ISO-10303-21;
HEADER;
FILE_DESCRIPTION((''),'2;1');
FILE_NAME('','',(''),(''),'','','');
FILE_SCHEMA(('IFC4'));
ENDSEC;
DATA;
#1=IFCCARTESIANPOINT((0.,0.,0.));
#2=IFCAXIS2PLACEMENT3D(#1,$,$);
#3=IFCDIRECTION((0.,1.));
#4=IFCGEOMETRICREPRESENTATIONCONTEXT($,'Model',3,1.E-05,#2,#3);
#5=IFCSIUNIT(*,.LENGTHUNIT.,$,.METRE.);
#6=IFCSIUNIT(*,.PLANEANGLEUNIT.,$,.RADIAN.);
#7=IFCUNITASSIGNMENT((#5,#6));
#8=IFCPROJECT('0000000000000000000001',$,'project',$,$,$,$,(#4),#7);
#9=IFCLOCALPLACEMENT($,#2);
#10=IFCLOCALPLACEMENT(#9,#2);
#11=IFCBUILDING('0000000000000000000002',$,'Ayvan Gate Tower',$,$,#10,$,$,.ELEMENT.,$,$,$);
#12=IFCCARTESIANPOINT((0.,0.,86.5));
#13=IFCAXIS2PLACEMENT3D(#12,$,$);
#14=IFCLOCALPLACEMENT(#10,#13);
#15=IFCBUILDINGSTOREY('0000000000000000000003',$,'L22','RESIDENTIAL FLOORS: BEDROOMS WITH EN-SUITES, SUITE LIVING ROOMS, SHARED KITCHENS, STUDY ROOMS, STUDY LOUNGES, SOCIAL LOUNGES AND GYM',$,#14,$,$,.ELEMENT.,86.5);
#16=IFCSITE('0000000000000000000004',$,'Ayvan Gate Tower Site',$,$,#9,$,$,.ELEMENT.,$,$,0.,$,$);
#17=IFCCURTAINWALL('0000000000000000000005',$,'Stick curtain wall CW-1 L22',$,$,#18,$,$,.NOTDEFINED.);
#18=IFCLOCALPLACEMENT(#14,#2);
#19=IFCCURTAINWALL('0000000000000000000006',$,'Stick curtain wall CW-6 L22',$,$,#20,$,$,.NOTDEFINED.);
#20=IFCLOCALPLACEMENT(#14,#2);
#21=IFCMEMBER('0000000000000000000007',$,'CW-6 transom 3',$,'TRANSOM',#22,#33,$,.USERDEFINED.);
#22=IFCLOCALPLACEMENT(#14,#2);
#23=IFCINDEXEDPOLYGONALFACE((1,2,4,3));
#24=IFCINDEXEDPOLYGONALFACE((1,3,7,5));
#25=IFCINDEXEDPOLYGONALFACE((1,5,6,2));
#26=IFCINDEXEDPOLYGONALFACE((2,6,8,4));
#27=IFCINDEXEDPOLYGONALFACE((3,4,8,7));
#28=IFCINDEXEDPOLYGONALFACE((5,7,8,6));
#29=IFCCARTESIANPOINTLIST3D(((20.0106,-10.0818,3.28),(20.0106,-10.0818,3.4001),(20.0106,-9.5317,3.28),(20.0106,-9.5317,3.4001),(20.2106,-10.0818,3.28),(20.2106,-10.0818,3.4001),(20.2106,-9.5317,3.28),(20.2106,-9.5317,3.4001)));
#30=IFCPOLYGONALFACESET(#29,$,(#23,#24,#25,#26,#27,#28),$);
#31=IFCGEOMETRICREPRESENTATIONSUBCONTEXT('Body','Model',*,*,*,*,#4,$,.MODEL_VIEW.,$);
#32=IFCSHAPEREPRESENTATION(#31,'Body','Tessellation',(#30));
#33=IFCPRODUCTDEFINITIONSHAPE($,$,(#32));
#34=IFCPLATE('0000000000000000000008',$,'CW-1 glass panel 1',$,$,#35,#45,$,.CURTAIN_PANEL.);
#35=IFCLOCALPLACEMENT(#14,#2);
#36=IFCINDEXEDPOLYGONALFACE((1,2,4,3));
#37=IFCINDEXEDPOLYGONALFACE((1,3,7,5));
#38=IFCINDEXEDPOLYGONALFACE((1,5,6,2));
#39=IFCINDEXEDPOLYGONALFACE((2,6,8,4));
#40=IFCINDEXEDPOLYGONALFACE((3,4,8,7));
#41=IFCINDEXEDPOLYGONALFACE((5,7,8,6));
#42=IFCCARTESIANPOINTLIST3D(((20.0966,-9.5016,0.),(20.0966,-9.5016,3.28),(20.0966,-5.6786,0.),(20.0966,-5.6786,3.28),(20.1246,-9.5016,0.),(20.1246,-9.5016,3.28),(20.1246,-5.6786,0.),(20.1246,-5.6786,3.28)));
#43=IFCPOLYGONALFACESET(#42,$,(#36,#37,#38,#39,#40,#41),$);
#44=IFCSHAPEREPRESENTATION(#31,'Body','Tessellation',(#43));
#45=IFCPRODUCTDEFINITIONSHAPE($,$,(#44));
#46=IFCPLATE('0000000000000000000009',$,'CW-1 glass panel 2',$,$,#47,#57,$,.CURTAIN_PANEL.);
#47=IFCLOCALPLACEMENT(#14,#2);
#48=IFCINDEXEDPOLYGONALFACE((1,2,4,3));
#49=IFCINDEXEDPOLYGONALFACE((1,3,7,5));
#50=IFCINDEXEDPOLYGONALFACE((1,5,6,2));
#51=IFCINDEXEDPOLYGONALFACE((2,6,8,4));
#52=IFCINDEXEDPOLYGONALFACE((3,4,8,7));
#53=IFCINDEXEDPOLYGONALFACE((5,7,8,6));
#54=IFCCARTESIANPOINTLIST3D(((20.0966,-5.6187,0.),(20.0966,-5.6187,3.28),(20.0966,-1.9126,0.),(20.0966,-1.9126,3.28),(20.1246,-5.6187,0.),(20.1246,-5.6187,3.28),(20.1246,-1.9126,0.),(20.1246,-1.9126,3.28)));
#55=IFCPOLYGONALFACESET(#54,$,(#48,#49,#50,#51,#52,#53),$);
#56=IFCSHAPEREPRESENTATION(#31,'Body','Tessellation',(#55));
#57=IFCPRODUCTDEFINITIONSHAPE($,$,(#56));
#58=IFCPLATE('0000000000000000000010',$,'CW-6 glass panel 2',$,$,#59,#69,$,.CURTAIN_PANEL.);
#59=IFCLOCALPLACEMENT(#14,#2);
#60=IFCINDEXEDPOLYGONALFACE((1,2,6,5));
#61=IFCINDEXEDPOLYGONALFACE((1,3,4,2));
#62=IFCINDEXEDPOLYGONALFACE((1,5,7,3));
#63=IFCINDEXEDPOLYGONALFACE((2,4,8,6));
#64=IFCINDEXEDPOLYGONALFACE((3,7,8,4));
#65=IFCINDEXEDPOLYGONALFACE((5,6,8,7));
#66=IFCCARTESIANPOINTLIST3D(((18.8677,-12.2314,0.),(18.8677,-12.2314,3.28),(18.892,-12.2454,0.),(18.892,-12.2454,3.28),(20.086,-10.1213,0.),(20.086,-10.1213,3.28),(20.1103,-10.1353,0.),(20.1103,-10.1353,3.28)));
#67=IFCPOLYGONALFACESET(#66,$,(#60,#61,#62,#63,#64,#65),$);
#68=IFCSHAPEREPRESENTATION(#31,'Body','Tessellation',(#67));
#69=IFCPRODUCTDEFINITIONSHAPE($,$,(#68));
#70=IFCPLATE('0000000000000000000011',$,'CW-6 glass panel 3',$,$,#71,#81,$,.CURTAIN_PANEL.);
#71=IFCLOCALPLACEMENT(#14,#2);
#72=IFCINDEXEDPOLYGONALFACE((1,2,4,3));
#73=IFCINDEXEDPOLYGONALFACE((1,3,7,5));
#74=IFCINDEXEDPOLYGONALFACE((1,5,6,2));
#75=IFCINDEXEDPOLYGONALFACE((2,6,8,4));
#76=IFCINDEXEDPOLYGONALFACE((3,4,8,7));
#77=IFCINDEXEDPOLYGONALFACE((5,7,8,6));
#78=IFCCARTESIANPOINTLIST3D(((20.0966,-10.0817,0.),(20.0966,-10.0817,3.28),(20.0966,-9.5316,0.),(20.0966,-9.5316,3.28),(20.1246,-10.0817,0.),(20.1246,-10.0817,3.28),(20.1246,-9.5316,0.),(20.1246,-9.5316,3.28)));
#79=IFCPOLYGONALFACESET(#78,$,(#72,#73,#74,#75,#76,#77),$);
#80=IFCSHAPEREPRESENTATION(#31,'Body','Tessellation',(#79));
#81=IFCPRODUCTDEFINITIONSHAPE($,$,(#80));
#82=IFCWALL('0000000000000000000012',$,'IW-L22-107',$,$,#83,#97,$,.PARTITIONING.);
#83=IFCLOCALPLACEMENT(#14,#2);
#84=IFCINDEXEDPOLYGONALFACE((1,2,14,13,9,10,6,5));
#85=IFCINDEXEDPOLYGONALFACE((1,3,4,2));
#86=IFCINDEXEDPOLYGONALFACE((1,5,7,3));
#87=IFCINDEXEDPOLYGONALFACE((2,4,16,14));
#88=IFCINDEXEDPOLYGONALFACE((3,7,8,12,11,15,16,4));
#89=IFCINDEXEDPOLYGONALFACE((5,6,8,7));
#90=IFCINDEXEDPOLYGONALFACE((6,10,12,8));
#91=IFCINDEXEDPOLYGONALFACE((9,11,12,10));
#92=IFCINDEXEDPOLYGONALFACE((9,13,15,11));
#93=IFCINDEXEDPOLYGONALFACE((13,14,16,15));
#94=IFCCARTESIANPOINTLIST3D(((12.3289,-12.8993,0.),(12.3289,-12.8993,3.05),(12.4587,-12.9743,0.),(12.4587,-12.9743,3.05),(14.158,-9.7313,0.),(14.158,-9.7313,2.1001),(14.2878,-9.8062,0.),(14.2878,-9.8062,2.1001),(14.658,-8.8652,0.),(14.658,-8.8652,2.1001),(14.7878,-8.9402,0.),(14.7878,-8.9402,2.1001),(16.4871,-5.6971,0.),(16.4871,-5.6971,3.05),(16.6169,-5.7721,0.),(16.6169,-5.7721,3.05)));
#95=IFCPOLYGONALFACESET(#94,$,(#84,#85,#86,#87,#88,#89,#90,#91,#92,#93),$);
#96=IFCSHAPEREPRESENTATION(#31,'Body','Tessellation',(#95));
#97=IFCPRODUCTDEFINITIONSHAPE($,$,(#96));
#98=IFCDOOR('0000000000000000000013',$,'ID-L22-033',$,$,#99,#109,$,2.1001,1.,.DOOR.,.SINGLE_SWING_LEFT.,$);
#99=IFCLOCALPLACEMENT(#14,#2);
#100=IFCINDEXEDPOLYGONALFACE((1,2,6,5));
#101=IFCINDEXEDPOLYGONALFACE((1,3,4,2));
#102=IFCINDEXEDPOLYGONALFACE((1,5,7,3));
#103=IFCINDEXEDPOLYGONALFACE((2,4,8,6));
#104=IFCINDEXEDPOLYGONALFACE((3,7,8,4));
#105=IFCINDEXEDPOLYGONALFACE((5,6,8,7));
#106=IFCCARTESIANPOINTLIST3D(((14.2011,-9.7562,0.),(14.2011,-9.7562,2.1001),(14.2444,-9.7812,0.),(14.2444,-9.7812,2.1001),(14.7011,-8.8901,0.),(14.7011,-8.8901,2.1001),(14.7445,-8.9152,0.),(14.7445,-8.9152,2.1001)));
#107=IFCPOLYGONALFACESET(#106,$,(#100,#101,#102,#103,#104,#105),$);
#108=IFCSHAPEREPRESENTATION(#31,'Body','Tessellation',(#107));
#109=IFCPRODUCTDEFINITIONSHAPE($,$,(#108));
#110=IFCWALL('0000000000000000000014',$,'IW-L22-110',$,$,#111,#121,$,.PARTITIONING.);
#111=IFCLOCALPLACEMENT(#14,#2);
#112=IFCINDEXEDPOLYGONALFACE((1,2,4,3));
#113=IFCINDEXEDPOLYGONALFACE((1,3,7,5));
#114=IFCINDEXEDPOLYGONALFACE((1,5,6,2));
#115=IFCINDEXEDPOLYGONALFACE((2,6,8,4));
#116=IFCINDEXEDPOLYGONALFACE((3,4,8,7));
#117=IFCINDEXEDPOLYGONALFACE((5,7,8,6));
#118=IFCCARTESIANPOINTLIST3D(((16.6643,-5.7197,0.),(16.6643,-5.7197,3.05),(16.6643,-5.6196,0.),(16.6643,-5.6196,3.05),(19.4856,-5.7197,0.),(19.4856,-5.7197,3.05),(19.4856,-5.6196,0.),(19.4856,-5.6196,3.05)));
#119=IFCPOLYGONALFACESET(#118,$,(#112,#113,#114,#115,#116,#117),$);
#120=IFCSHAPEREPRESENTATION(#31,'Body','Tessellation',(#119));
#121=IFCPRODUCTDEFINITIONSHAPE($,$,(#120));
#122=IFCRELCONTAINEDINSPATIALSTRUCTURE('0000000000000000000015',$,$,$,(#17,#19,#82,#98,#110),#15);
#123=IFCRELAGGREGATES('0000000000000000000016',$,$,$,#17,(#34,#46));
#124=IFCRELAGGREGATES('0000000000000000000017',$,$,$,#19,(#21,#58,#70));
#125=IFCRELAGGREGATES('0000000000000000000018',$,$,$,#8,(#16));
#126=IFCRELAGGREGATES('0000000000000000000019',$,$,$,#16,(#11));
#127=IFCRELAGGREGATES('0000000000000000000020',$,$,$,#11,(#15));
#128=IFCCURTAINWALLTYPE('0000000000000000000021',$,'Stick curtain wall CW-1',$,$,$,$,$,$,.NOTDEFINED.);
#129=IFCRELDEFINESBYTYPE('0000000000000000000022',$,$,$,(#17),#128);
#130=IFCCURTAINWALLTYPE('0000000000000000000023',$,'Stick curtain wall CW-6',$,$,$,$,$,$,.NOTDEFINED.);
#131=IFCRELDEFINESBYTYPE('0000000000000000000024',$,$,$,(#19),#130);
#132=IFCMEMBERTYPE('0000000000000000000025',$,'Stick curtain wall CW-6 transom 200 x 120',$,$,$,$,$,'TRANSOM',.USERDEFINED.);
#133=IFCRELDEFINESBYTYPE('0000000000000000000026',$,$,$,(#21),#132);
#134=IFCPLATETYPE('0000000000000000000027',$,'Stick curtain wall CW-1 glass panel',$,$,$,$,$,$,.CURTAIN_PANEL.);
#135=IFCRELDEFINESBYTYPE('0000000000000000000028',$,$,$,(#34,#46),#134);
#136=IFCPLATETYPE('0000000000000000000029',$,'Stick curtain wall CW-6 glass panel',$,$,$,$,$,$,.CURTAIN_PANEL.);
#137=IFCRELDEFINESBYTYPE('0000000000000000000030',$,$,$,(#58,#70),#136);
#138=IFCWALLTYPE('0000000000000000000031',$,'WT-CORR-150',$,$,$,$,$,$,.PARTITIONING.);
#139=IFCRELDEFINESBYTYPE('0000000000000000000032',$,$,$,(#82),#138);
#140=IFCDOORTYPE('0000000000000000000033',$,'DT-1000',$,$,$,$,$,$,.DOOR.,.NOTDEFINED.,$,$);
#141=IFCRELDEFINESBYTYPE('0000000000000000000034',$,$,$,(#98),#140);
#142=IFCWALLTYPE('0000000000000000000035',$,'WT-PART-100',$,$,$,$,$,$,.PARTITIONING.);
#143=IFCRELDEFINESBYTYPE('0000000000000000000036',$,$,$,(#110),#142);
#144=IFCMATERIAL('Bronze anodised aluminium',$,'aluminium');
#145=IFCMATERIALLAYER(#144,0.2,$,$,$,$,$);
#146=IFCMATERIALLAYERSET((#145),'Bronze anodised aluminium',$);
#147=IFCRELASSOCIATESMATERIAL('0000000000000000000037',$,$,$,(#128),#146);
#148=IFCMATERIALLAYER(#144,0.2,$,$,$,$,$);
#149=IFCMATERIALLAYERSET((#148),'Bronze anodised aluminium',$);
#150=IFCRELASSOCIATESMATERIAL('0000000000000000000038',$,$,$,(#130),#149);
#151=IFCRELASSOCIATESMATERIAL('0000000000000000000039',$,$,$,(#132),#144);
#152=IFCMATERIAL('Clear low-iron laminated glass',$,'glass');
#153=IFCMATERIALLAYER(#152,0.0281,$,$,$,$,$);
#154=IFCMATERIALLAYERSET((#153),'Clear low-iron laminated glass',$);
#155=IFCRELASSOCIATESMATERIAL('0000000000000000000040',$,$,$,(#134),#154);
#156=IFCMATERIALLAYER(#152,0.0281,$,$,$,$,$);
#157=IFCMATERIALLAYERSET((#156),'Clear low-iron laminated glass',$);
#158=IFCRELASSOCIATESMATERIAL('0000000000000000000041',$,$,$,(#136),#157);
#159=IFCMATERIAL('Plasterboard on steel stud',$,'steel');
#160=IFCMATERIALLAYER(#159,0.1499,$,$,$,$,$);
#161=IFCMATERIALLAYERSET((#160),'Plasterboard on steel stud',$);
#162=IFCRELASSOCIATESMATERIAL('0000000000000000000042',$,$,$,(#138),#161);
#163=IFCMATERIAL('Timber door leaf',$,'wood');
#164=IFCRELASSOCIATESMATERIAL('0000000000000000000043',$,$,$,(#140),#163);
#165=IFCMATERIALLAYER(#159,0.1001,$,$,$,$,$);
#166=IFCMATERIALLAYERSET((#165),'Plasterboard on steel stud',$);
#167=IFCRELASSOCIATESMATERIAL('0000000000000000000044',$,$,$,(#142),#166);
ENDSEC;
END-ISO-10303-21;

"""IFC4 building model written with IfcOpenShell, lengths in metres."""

from ifc_helpers import new_model, si_unit, direction, frame, frame_2d, origin, origin_2d, place, context, subcontext, project, spatial, rectangle, extrude, material, layer, layer_set, material_profile, profile_set, type_object, element, fill, aggregate, save


model = new_model("IFC4")

# Units and contexts
model_context = context("Model", 3, precision=1e-05, world=origin(), true_north=direction((0.0, 1.0)))
body_context = subcontext(model_context, "Body", "Model", "MODEL_VIEW")
ifc_project = project(units=[si_unit("LENGTHUNIT", "METRE"), si_unit("PLANEANGLEUNIT", "RADIAN")], contexts=[model_context])

# Site, building, storey
site_placement = place(None, origin())
site = spatial("IfcSite", under=ifc_project, at=site_placement, Name="Ayvan Gate Tower Site", CompositionType="ELEMENT", RefElevation=0.0)
building_placement = place(site_placement, origin())
building = spatial("IfcBuilding", under=site, at=building_placement, Name="Ayvan Gate Tower", CompositionType="ELEMENT")
storey_placement = place(building_placement, frame((0.0, 0.0, 86.5)))
storey = spatial("IfcBuildingStorey", under=building, at=storey_placement, Name="L22", Description="RESIDENTIAL FLOORS: BEDROOMS WITH EN-SUITES, SUITE LIVING ROOMS, SHARED KITCHENS, STUDY ROOMS, STUDY LOUNGES, SOCIAL LOUNGES AND GYM", CompositionType="ELEMENT", Elevation=86.5)

# Curtain walls, member
ifc_material_1 = material(Name="Bronze anodised aluminium", Category="aluminium")
ifc_layer_1 = layer(ifc_material_1, 0.2)
ifc_layer_set_1 = layer_set([ifc_layer_1], Name="Bronze anodised aluminium")
curtain_wall_type_1 = type_object("IfcCurtainWallType", Name="Stick curtain wall CW-1", PredefinedType="NOTDEFINED", material=ifc_layer_set_1)
curtain_wall_1_placement = place(storey_placement, origin())
curtain_wall_1 = element("IfcCurtainWall", 1, at=curtain_wall_1_placement, inside=storey, type_object=curtain_wall_type_1, Name="Stick curtain wall CW-1 L22", PredefinedType="NOTDEFINED")
ifc_layer_2 = layer(ifc_material_1, 0.2)
ifc_layer_set_2 = layer_set([ifc_layer_2], Name="Bronze anodised aluminium")
curtain_wall_type_2 = type_object("IfcCurtainWallType", Name="Stick curtain wall CW-6", PredefinedType="NOTDEFINED", material=ifc_layer_set_2)
curtain_wall_2_placement = place(storey_placement, origin())
curtain_wall_2 = element("IfcCurtainWall", 2, at=curtain_wall_2_placement, inside=storey, type_object=curtain_wall_type_2, Name="Stick curtain wall CW-6 L22", PredefinedType="NOTDEFINED")
ifc_material_profile_1 = material_profile(ifc_material_1, rectangle(XDim=0.2, YDim=0.1201, at=origin_2d()), Name="Stick curtain wall CW-6 transom 200 x 120")
ifc_profile_set_1 = profile_set([ifc_material_profile_1], Name="Bronze anodised aluminium")
member_type_1 = type_object("IfcMemberType", Name="Stick curtain wall CW-6 transom 200 x 120", ElementType="TRANSOM", PredefinedType="USERDEFINED", material=ifc_profile_set_1)
member_1_placement = place(storey_placement, frame((20.1106, -10.0818, 3.3401), z_axis=(0.0, 1.0, 0.0), x_axis=(-1.0, 0.0, 0.0)))
member_1 = element("IfcMember", 3, at=member_1_placement, type_object=member_type_1, Name="CW-6 transom 3", ObjectType="TRANSOM", PredefinedType="USERDEFINED", context=body_context, shape_type="SweptSolid", body=[
    extrude(rectangle(XDim=0.2, YDim=0.1201, at=origin_2d()), origin(), (0.0, 0.0, 1.0), 0.55),
])

# Plates
ifc_material_2 = material(Name="Clear low-iron laminated glass", Category="glass")
ifc_layer_3 = layer(ifc_material_2, 0.0281)
ifc_layer_set_3 = layer_set([ifc_layer_3], Name="Clear low-iron laminated glass")
plate_type_1 = type_object("IfcPlateType", Name="Stick curtain wall CW-1 glass panel", PredefinedType="CURTAIN_PANEL", material=ifc_layer_set_3)
plate_1_placement = place(storey_placement, frame((20.1106, -7.5901, 0.0), z_axis=(0.0, 0.0, 1.0), x_axis=(0.0, 1.0, 0.0)))
plate_1 = element("IfcPlate", 4, at=plate_1_placement, type_object=plate_type_1, Name="CW-1 glass panel 1", PredefinedType="CURTAIN_PANEL", context=body_context, shape_type="SweptSolid", body=[
    extrude(rectangle(XDim=3.823, YDim=0.0281, at=origin_2d()), origin(), (0.0, 0.0, 1.0), 3.28),
])
plate_2_placement = place(storey_placement, frame((20.1106, -3.7656, 0.0), z_axis=(0.0, 0.0, 1.0), x_axis=(0.0, 1.0, 0.0)))
plate_2 = element("IfcPlate", 5, at=plate_2_placement, type_object=plate_type_1, Name="CW-1 glass panel 2", PredefinedType="CURTAIN_PANEL", context=body_context, shape_type="SweptSolid", body=[
    extrude(rectangle(XDim=3.7061, YDim=0.0281, at=origin_2d()), origin(), (0.0, 0.0, 1.0), 3.28),
])
aggregate(curtain_wall_1, [plate_1, plate_2])
ifc_layer_4 = layer(ifc_material_2, 0.0281)
ifc_layer_set_4 = layer_set([ifc_layer_4], Name="Clear low-iron laminated glass")
plate_type_2 = type_object("IfcPlateType", Name="Stick curtain wall CW-6 glass panel", PredefinedType="CURTAIN_PANEL", material=ifc_layer_set_4)
plate_3_placement = place(storey_placement, frame((19.489, -11.1833, 0.0), z_axis=(0.0, 0.0, 1.0), x_axis=(0.5, 0.866025, 0.0)))
plate_3 = element("IfcPlate", 6, at=plate_3_placement, type_object=plate_type_2, Name="CW-6 glass panel 2", PredefinedType="CURTAIN_PANEL", context=body_context, shape_type="SweptSolid", body=[
    extrude(rectangle(XDim=2.4365, YDim=0.0281, at=origin_2d()), origin(), (0.0, 0.0, 1.0), 3.28),
])
plate_4_placement = place(storey_placement, frame((20.1106, -9.8066, 0.0), z_axis=(0.0, 0.0, 1.0), x_axis=(0.0, 1.0, 0.0)))
plate_4 = element("IfcPlate", 7, at=plate_4_placement, type_object=plate_type_2, Name="CW-6 glass panel 3", PredefinedType="CURTAIN_PANEL", context=body_context, shape_type="SweptSolid", body=[
    extrude(rectangle(XDim=0.55, YDim=0.0281, at=origin_2d()), origin(), (0.0, 0.0, 1.0), 3.28),
])
aggregate(curtain_wall_2, [member_1, plate_3, plate_4])

# Wall, opening, door
ifc_material_3 = material(Name="Plasterboard on steel stud", Category="steel")
ifc_layer_5 = layer(ifc_material_3, 0.1499)
ifc_layer_set_5 = layer_set([ifc_layer_5], Name="Plasterboard on steel stud")
wall_type_1 = type_object("IfcWallType", Name="WT-CORR-150", PredefinedType="PARTITIONING", material=ifc_layer_set_5)
wall_1_placement = place(storey_placement, frame((16.552, -5.7346, 0.0), z_axis=(0.0, 0.0, 1.0), x_axis=(-0.500004, -0.866023, 0.0)))
wall_1 = element("IfcWall", 8, at=wall_1_placement, inside=storey, type_object=wall_type_1, Name="IW-L22-107", PredefinedType="PARTITIONING", context=body_context, shape_type="SweptSolid", body=[
    extrude(rectangle(XDim=8.3164, YDim=0.1499, at=frame_2d((4.1582, 0.0))), origin(), (0.0, 0.0, 1.0), 3.05),
])
opening_1_placement = place(wall_1_placement, frame((3.6582, 0.0, 0.0)))
opening_1 = element("IfcOpeningElement", 9, at=opening_1_placement, cuts=wall_1, PredefinedType="OPENING", context=body_context, shape_type="SweptSolid", body=[
    extrude(rectangle(XDim=1.0, YDim=2.1001, at=frame_2d((0.5, 1.05))), frame((0.0, 0.085, 0.0), z_axis=(0.0, -1.0, 0.0), x_axis=(1.0, 0.0, 0.0)), (0.0, 0.0, 1.0), 0.1699),
])
ifc_material_4 = material(Name="Timber door leaf", Category="wood")
door_type_1 = type_object("IfcDoorType", Name="DT-1000", OperationType="NOTDEFINED", PredefinedType="DOOR", material=ifc_material_4)
door_1_placement = place(opening_1_placement, origin())
door_1 = element("IfcDoor", 10, at=door_1_placement, inside=storey, type_object=door_type_1, Name="ID-L22-033", OperationType="SINGLE_SWING_LEFT", OverallHeight=2.1001, OverallWidth=1.0, PredefinedType="DOOR", context=body_context, shape_type="SweptSolid", body=[
    extrude(rectangle(XDim=1.0, YDim=2.1001, at=frame_2d((0.5, 1.05))), frame((0.0, 0.0249, 0.0), z_axis=(0.0, -1.0, 0.0), x_axis=(1.0, 0.0, 0.0)), (0.0, 0.0, 1.0), 0.05),
])
fill(opening_1, door_1)

# Wall
ifc_layer_6 = layer(ifc_material_3, 0.1001)
ifc_layer_set_6 = layer_set([ifc_layer_6], Name="Plasterboard on steel stud")
wall_type_2 = type_object("IfcWallType", Name="WT-PART-100", PredefinedType="PARTITIONING", material=ifc_layer_set_6)
wall_2_placement = place(storey_placement, frame((19.4856, -5.6697, 0.0), z_axis=(0.0, 0.0, 1.0), x_axis=(-1.0, 0.0, 0.0)))
element("IfcWall", 11, at=wall_2_placement, inside=storey, type_object=wall_type_2, Name="IW-L22-110", PredefinedType="PARTITIONING", context=body_context, shape_type="SweptSolid", body=[
    extrude(rectangle(XDim=2.8213, YDim=0.1001, at=frame_2d((1.4106, 0.0))), origin(), (0.0, 0.0, 1.0), 3.05),
])

save(model, "model.ifc")
